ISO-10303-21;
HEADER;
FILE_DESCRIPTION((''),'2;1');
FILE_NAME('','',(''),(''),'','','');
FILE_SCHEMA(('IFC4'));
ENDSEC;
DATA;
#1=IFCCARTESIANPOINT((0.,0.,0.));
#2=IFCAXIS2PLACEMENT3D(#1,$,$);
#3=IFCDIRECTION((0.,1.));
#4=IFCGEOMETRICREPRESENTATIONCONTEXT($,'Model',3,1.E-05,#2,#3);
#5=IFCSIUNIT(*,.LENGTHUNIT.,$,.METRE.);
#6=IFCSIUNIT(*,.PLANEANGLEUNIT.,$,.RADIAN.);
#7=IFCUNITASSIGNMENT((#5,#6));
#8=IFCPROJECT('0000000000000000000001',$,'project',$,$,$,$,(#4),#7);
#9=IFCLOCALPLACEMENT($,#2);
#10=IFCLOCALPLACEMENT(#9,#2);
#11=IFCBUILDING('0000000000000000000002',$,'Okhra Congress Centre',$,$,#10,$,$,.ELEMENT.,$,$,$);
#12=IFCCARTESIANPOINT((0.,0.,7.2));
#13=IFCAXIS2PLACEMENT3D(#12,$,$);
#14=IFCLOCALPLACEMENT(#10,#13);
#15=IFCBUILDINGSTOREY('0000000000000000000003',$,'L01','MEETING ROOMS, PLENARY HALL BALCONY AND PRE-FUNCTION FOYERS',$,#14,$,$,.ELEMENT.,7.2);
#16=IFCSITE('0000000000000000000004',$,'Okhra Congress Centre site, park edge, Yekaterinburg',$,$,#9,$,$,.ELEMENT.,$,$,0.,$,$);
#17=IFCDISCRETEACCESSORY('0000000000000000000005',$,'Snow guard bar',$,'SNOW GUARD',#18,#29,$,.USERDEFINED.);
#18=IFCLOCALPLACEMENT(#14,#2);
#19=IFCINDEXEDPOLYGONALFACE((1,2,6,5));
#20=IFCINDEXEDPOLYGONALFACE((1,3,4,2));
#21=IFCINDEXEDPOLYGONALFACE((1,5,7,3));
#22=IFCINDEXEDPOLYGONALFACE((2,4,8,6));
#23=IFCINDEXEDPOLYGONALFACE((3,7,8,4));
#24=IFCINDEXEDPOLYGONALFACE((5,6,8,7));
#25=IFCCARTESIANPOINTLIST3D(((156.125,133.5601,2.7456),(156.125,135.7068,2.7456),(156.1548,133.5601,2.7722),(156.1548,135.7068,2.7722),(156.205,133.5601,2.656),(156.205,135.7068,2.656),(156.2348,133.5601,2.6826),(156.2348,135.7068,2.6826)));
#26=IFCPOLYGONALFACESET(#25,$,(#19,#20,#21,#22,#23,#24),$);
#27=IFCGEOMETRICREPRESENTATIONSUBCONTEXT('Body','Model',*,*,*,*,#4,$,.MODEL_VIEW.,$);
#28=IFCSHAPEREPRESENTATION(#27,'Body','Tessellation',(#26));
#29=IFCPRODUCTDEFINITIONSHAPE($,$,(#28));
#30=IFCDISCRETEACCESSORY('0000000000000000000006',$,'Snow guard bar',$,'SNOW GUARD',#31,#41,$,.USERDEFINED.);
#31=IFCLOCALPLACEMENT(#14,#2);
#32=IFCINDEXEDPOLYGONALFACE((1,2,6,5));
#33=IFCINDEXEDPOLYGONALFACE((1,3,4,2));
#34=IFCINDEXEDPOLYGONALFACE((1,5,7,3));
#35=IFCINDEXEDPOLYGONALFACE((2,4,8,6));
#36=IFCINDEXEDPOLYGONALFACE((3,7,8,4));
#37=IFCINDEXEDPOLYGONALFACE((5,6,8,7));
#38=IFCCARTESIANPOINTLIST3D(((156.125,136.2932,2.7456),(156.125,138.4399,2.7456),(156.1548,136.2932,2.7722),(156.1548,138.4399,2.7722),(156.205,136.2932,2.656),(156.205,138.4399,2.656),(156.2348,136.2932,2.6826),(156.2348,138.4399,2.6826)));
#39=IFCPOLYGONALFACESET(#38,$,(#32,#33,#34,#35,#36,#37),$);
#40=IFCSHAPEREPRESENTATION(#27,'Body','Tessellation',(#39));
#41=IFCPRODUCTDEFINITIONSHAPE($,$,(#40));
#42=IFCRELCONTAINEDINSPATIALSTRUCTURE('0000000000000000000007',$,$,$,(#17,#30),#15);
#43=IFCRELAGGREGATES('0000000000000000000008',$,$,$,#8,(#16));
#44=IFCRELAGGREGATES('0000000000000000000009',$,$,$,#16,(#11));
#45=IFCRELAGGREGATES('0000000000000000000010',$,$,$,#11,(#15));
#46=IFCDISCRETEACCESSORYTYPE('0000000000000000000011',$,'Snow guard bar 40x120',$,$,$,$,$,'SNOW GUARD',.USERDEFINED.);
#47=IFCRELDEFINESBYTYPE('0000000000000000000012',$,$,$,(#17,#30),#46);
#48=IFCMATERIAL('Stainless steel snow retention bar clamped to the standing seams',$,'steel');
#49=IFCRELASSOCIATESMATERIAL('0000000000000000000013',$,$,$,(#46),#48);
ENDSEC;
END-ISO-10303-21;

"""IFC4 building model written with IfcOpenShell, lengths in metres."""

from ifc_helpers import new_model, si_unit, direction, frame, origin, place, context, subcontext, project, spatial, polyline, outline, extrude, material, type_object, element, save


model = new_model("IFC4")

# Units and contexts
model_context = context("Model", 3, precision=1e-05, world=origin(), true_north=direction((0.0, 1.0)))
body_context = subcontext(model_context, "Body", "Model", "MODEL_VIEW")
ifc_project = project(units=[si_unit("LENGTHUNIT", "METRE"), si_unit("PLANEANGLEUNIT", "RADIAN")], contexts=[model_context])

# Site, building, storey
site_placement = place(None, origin())
site = spatial("IfcSite", under=ifc_project, at=site_placement, Name="Okhra Congress Centre site, park edge, Yekaterinburg", CompositionType="ELEMENT", RefElevation=0.0)
building_placement = place(site_placement, origin())
building = spatial("IfcBuilding", under=site, at=building_placement, Name="Okhra Congress Centre", CompositionType="ELEMENT")
storey_placement = place(building_placement, frame((0.0, 0.0, 7.2)))
storey = spatial("IfcBuildingStorey", under=building, at=storey_placement, Name="L01", Description="MEETING ROOMS, PLENARY HALL BALCONY AND PRE-FUNCTION FOYERS", CompositionType="ELEMENT", Elevation=7.2)

# Discrete accessories
ifc_material_1 = material(Name="Stainless steel snow retention bar clamped to the standing seams", Category="steel")
discrete_accessory_type_1 = type_object("IfcDiscreteAccessoryType", Name="Snow guard bar 40x120", ElementType="SNOW GUARD", PredefinedType="USERDEFINED", material=ifc_material_1)
for number, where, z_axis, x_axis, name in (
    (1, (156.125, 133.5601, 2.7456), (-0.666259, 0.0, 0.745721), (0.745721, 0.0, 0.666259), "Snow guard bar"),
    (2, (156.125, 136.2932, 2.7456), (-0.666259, 0.0, 0.745721), (0.745721, 0.0, 0.666259), "Snow guard bar"),
):
    element("IfcDiscreteAccessory", number, at=place(storey_placement, frame(where, z_axis=z_axis, x_axis=x_axis)), inside=storey, type_object=discrete_accessory_type_1, Name=name, ObjectType="SNOW GUARD", PredefinedType="USERDEFINED", context=body_context, shape_type="SweptSolid", body=[
        extrude(outline(polyline([(0.0, 0.0), (0.0399, 0.0), (0.0399, 2.1467), (0.0, 2.1467), (0.0, 0.0)])), origin(), (0.0, 0.0, -1.0), 0.1201),
    ])

save(model, "model.ifc")
